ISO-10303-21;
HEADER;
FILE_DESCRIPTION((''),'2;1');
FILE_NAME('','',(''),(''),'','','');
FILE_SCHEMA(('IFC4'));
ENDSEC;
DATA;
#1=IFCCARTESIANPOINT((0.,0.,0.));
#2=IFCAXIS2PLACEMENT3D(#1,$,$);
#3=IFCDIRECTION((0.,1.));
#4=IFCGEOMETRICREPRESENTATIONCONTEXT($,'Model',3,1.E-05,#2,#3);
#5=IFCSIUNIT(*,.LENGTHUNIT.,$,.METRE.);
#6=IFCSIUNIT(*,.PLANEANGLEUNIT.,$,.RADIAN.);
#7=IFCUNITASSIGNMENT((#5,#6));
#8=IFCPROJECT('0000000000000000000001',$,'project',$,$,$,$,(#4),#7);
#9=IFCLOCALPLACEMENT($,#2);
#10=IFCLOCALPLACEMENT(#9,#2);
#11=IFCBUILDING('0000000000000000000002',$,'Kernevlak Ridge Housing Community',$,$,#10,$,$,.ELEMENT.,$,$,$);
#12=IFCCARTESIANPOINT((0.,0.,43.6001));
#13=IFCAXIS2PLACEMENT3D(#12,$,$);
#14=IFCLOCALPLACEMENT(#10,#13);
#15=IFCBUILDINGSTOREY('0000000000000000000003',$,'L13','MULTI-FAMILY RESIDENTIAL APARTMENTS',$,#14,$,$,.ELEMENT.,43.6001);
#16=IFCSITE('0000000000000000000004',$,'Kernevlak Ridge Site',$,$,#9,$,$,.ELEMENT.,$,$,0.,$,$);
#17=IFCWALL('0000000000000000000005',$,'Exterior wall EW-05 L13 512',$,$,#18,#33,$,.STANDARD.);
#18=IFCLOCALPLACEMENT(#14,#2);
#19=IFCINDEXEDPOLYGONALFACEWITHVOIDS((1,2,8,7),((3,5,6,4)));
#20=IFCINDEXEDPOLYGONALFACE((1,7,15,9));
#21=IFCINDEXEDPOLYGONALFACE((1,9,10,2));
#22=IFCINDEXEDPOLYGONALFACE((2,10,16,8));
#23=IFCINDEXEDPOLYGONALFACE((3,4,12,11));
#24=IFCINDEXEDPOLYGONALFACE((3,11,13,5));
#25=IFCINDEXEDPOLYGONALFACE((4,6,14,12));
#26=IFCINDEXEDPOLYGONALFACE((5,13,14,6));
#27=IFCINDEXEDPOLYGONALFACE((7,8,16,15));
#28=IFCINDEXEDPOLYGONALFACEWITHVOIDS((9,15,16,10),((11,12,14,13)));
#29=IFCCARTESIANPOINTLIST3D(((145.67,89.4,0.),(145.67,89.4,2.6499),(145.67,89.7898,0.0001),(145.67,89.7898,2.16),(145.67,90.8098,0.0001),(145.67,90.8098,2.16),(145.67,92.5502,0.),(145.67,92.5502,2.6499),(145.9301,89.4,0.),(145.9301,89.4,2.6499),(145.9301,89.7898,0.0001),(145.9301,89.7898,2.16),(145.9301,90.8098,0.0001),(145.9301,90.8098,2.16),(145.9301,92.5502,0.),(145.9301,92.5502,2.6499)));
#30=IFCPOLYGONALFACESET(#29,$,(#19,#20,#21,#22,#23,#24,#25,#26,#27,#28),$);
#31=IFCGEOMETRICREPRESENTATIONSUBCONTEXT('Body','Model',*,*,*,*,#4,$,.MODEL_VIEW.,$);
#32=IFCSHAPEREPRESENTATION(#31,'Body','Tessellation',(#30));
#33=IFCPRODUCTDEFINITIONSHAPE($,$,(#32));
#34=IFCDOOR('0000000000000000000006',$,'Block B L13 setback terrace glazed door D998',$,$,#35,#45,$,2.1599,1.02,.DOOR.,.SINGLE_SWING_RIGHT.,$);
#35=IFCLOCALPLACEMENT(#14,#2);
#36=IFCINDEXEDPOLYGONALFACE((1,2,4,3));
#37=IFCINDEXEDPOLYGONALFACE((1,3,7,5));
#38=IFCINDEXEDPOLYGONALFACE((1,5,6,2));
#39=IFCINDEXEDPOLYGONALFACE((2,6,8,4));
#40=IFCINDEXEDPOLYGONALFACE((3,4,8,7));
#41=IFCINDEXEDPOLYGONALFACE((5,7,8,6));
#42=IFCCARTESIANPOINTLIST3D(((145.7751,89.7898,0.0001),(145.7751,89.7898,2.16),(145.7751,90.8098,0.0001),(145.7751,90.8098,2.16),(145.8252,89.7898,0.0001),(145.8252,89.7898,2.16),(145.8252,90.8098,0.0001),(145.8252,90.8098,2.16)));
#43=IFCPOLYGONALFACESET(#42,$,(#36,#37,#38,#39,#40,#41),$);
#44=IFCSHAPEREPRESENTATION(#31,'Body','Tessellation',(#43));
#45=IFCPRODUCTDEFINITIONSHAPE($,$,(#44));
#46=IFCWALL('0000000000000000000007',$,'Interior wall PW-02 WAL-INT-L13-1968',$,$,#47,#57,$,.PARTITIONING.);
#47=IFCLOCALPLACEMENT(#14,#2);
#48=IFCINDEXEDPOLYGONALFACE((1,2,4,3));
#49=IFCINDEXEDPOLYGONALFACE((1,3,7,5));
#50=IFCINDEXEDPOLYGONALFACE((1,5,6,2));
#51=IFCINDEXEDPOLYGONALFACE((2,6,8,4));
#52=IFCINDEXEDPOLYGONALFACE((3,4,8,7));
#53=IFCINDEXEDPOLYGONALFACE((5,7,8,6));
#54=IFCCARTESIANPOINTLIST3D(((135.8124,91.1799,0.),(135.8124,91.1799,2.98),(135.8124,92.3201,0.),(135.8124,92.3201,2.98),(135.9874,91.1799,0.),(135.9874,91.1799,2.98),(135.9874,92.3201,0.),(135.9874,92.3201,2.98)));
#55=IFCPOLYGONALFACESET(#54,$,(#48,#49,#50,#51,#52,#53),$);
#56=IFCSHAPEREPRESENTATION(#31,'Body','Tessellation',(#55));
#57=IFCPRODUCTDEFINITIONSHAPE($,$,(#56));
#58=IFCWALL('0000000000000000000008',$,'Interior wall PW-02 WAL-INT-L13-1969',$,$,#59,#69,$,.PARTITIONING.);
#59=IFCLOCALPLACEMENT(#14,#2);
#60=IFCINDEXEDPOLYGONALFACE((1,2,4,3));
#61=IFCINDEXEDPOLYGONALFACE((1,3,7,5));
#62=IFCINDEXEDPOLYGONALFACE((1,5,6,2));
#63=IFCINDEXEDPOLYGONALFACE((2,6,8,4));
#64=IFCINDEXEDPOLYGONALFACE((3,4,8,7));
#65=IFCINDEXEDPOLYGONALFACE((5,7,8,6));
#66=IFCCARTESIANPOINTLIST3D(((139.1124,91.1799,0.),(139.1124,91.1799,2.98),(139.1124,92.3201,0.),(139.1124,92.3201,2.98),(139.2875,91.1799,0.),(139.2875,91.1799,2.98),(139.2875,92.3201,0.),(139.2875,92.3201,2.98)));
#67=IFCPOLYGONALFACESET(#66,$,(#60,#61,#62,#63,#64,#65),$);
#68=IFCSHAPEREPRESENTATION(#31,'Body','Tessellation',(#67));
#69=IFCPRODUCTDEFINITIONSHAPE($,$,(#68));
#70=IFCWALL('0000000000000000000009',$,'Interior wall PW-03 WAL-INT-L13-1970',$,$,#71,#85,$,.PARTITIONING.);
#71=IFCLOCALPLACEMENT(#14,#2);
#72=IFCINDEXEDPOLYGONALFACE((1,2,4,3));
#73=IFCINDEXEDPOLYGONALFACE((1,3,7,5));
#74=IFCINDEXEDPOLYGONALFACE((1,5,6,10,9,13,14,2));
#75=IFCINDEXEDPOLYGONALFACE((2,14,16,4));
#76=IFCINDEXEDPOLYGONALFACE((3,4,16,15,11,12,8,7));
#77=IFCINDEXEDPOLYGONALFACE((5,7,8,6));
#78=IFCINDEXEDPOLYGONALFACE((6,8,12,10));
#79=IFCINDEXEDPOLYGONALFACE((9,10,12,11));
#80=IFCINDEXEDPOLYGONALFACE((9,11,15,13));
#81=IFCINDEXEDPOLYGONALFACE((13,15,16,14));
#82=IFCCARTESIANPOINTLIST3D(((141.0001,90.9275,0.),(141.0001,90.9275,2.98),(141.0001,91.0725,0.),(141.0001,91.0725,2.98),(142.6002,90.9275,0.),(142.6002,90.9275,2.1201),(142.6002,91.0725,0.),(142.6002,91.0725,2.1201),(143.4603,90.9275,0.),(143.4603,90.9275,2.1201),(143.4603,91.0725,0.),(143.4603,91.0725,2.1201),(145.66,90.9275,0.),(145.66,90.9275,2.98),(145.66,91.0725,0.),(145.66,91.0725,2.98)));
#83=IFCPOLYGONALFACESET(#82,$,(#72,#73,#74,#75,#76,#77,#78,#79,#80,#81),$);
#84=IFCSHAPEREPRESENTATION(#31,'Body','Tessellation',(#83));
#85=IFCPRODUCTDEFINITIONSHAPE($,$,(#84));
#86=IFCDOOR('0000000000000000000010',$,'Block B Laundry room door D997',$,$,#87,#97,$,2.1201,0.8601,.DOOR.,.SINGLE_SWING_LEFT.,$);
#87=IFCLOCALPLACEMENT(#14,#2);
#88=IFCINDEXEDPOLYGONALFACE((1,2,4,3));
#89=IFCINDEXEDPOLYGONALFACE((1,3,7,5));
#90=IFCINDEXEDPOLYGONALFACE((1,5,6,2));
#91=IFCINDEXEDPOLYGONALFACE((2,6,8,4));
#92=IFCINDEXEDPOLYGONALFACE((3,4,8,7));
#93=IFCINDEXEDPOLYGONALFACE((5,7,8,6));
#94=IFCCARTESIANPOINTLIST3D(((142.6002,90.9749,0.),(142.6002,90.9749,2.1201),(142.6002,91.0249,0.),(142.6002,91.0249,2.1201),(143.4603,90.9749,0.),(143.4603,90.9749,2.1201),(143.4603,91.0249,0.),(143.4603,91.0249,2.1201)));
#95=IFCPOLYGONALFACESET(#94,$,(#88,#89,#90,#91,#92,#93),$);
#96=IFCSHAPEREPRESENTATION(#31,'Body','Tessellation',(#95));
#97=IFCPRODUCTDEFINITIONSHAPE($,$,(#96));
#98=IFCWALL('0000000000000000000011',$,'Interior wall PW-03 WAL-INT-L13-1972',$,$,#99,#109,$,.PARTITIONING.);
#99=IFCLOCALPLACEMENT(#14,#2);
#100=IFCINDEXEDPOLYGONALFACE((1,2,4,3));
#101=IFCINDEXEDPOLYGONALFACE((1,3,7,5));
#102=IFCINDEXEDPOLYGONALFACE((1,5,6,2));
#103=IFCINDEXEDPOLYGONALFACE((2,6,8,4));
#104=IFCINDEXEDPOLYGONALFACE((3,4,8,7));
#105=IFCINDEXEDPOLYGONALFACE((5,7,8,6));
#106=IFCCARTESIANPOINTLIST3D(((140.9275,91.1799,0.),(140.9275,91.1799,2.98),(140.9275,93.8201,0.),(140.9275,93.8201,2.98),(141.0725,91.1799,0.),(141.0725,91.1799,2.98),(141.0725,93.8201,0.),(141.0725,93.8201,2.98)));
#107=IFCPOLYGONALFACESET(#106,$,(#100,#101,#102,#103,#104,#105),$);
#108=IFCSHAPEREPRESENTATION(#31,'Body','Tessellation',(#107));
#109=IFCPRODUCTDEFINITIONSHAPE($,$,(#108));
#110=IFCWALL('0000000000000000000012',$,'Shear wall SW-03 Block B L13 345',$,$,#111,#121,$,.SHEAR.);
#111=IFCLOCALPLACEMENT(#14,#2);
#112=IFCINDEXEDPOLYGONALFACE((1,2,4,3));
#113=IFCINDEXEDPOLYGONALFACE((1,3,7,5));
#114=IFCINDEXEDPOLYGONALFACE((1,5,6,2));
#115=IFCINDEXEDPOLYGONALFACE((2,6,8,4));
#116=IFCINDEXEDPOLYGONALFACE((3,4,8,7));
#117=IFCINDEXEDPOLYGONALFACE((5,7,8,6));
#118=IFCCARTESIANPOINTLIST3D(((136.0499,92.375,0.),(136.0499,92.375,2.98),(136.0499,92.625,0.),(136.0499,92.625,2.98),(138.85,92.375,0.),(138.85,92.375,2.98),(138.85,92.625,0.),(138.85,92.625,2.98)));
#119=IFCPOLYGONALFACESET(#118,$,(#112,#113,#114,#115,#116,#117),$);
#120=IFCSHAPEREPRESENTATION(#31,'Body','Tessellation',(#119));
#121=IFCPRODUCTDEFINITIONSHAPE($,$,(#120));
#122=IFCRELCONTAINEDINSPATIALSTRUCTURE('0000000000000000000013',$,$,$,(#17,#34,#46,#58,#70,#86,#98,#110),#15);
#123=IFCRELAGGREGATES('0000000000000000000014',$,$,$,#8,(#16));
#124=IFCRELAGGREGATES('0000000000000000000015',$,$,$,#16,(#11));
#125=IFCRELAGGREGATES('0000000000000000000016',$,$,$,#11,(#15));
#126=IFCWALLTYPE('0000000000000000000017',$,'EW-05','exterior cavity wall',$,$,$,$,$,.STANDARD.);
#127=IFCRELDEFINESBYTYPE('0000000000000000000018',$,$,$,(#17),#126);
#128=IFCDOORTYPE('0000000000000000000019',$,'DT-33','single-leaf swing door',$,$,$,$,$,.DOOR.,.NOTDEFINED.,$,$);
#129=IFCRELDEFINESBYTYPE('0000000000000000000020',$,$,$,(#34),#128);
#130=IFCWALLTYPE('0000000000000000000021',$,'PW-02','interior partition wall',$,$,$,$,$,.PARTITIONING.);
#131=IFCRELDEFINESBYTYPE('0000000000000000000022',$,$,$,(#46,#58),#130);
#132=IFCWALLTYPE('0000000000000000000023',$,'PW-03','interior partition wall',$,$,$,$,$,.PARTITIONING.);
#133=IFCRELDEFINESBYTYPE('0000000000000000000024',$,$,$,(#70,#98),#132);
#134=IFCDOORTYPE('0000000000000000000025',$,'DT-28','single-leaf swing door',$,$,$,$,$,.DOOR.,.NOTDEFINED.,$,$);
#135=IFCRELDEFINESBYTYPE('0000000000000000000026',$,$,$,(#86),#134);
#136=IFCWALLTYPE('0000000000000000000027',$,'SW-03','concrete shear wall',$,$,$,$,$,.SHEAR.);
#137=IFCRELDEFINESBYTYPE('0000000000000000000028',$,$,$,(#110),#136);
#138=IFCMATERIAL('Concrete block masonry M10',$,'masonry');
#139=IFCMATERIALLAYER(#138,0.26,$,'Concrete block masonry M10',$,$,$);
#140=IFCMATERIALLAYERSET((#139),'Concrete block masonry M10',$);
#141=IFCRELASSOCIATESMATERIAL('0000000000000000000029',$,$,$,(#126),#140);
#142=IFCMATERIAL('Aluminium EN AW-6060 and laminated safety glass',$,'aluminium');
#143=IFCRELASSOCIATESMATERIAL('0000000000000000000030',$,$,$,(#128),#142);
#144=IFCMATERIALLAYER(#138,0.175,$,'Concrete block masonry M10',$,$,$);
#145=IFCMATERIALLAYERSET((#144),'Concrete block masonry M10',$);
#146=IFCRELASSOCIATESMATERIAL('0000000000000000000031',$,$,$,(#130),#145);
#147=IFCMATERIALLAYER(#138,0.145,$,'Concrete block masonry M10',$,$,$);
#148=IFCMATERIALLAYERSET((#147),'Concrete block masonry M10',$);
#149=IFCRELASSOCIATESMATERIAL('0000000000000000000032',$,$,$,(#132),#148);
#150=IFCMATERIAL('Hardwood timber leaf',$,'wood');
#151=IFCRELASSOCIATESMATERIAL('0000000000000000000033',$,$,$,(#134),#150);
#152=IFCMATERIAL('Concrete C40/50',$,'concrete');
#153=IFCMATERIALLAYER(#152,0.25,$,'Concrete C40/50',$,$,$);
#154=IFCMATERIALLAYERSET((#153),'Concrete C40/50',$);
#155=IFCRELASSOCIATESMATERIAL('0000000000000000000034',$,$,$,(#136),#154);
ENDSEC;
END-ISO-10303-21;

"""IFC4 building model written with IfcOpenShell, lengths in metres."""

from ifc_helpers import new_model, si_unit, direction, frame, frame_2d, origin, place, context, subcontext, project, spatial, rectangle, extrude, material, layer, layer_set, type_object, element, fill, save


model = new_model("IFC4")

# Units and contexts
model_context = context("Model", 3, precision=1e-05, world=origin(), true_north=direction((0.0, 1.0)))
body_context = subcontext(model_context, "Body", "Model", "MODEL_VIEW")
ifc_project = project(units=[si_unit("LENGTHUNIT", "METRE"), si_unit("PLANEANGLEUNIT", "RADIAN")], contexts=[model_context])

# Site, building, storey
site_placement = place(None, origin())
site = spatial("IfcSite", under=ifc_project, at=site_placement, Name="Kernevlak Ridge Site", CompositionType="ELEMENT", RefElevation=0.0)
building_placement = place(site_placement, origin())
building = spatial("IfcBuilding", under=site, at=building_placement, Name="Kernevlak Ridge Housing Community", CompositionType="ELEMENT")
storey_placement = place(building_placement, frame((0.0, 0.0, 43.6001)))
storey = spatial("IfcBuildingStorey", under=building, at=storey_placement, Name="L13", Description="MULTI-FAMILY RESIDENTIAL APARTMENTS", CompositionType="ELEMENT", Elevation=43.6001)

# Wall, opening, door
ifc_material_1 = material(Name="Concrete block masonry M10", Category="masonry")
ifc_layer_1 = layer(ifc_material_1, 0.26, Name="Concrete block masonry M10")
ifc_layer_set_1 = layer_set([ifc_layer_1], Name="Concrete block masonry M10")
wall_type_1 = type_object("IfcWallType", Name="EW-05", Description="exterior cavity wall", PredefinedType="STANDARD", material=ifc_layer_set_1)
wall_1_placement = place(storey_placement, frame((145.8, 89.3999, 0.0), z_axis=(0.0, 0.0, 1.0), x_axis=(0.0, 1.0, 0.0)))
wall_1 = element("IfcWall", 1, at=wall_1_placement, inside=storey, type_object=wall_type_1, Name="Exterior wall EW-05 L13 512", PredefinedType="STANDARD", context=body_context, shape_type="SweptSolid", body=[
    extrude(rectangle(XDim=3.1501, YDim=0.26, at=frame_2d((1.5752, 0.0))), origin(), (0.0, 0.0, 1.0), 2.6499),
])
opening_1_placement = place(wall_1_placement, frame((0.3899, 0.0, 0.0)))
opening_1 = element("IfcOpeningElement", 2, at=opening_1_placement, cuts=wall_1, PredefinedType="OPENING", context=body_context, shape_type="SweptSolid", body=[
    extrude(rectangle(XDim=1.02, YDim=2.1599, at=frame_2d((0.51, 1.0801))), frame((0.0, 0.1399, 0.0), z_axis=(0.0, -1.0, 0.0), x_axis=(1.0, 0.0, 0.0)), (0.0, 0.0, 1.0), 0.28),
])
ifc_material_2 = material(Name="Aluminium EN AW-6060 and laminated safety glass", Category="aluminium")
door_type_1 = type_object("IfcDoorType", Name="DT-33", Description="single-leaf swing door", OperationType="NOTDEFINED", PredefinedType="DOOR", material=ifc_material_2)
door_1_placement = place(opening_1_placement, origin())
door_1 = element("IfcDoor", 3, at=door_1_placement, inside=storey, type_object=door_type_1, Name="Block B L13 setback terrace glazed door D998", OperationType="SINGLE_SWING_RIGHT", OverallHeight=2.1599, OverallWidth=1.02, PredefinedType="DOOR", context=body_context, shape_type="SweptSolid", body=[
    extrude(rectangle(XDim=1.02, YDim=2.1599, at=frame_2d((0.51, 1.0801))), frame((0.0, 0.0249, 0.0), z_axis=(0.0, -1.0, 0.0), x_axis=(1.0, 0.0, 0.0)), (0.0, 0.0, 1.0), 0.05),
])
fill(opening_1, door_1)

# Walls
ifc_layer_2 = layer(ifc_material_1, 0.175, Name="Concrete block masonry M10")
ifc_layer_set_2 = layer_set([ifc_layer_2], Name="Concrete block masonry M10")
wall_type_2 = type_object("IfcWallType", Name="PW-02", Description="interior partition wall", PredefinedType="PARTITIONING", material=ifc_layer_set_2)
for number, where, z_axis, x_axis, name in (
    (4, (135.8999, 91.1799, 0.0), (0.0, 0.0, 1.0), (0.0, 1.0, 0.0), "Interior wall PW-02 WAL-INT-L13-1968"),
    (5, (139.2, 91.1799, 0.0), (0.0, 0.0, 1.0), (0.0, 1.0, 0.0), "Interior wall PW-02 WAL-INT-L13-1969"),
):
    element("IfcWall", number, at=place(storey_placement, frame(where, z_axis=z_axis, x_axis=x_axis)), inside=storey, type_object=wall_type_2, Name=name, PredefinedType="PARTITIONING", context=body_context, shape_type="SweptSolid", body=[
        extrude(rectangle(XDim=1.1401, YDim=0.175, at=frame_2d((0.5701, 0.0))), origin(), (0.0, 0.0, 1.0), 2.98),
    ])

# Wall, opening, door
ifc_layer_3 = layer(ifc_material_1, 0.145, Name="Concrete block masonry M10")
ifc_layer_set_3 = layer_set([ifc_layer_3], Name="Concrete block masonry M10")
wall_type_3 = type_object("IfcWallType", Name="PW-03", Description="interior partition wall", PredefinedType="PARTITIONING", material=ifc_layer_set_3)
wall_2_placement = place(storey_placement, frame((141.0, 91.0, 0.0), z_axis=(0.0, 0.0, 1.0), x_axis=(1.0, 0.0, 0.0)))
wall_2 = element("IfcWall", 6, at=wall_2_placement, inside=storey, type_object=wall_type_3, Name="Interior wall PW-03 WAL-INT-L13-1970", PredefinedType="PARTITIONING", context=body_context, shape_type="SweptSolid", body=[
    extrude(rectangle(XDim=4.6599, YDim=0.145, at=frame_2d((2.3301, 0.0))), origin(), (0.0, 0.0, 1.0), 2.98),
])
opening_2_placement = place(wall_2_placement, frame((1.6001, 0.0, 0.0)))
opening_2 = element("IfcOpeningElement", 7, at=opening_2_placement, cuts=wall_2, PredefinedType="OPENING", context=body_context, shape_type="SweptSolid", body=[
    extrude(rectangle(XDim=0.8601, YDim=2.1201, at=frame_2d((0.4302, 1.0601))), frame((0.0, 0.0825, 0.0), z_axis=(0.0, -1.0, 0.0), x_axis=(1.0, 0.0, 0.0)), (0.0, 0.0, 1.0), 0.165),
])
ifc_material_3 = material(Name="Hardwood timber leaf", Category="wood")
door_type_2 = type_object("IfcDoorType", Name="DT-28", Description="single-leaf swing door", OperationType="NOTDEFINED", PredefinedType="DOOR", material=ifc_material_3)
door_2_placement = place(opening_2_placement, origin())
door_2 = element("IfcDoor", 8, at=door_2_placement, inside=storey, type_object=door_type_2, Name="Block B Laundry room door D997", OperationType="SINGLE_SWING_LEFT", OverallHeight=2.1201, OverallWidth=0.8601, PredefinedType="DOOR", context=body_context, shape_type="SweptSolid", body=[
    extrude(rectangle(XDim=0.8601, YDim=2.1201, at=frame_2d((0.4302, 1.0601))), frame((0.0, 0.0249, 0.0), z_axis=(0.0, -1.0, 0.0), x_axis=(1.0, 0.0, 0.0)), (0.0, 0.0, 1.0), 0.05),
])
fill(opening_2, door_2)

# Wall
wall_3_placement = place(storey_placement, frame((141.0, 91.1799, 0.0), z_axis=(0.0, 0.0, 1.0), x_axis=(0.0, 1.0, 0.0)))
element("IfcWall", 9, at=wall_3_placement, inside=storey, type_object=wall_type_3, Name="Interior wall PW-03 WAL-INT-L13-1972", PredefinedType="PARTITIONING", context=body_context, shape_type="SweptSolid", body=[
    extrude(rectangle(XDim=2.6401, YDim=0.145, at=frame_2d((1.3201, 0.0))), origin(), (0.0, 0.0, 1.0), 2.98),
])

# Wall
ifc_material_4 = material(Name="Concrete C40/50", Category="concrete")
ifc_layer_4 = layer(ifc_material_4, 0.25, Name="Concrete C40/50")
ifc_layer_set_4 = layer_set([ifc_layer_4], Name="Concrete C40/50")
wall_type_4 = type_object("IfcWallType", Name="SW-03", Description="concrete shear wall", PredefinedType="SHEAR", material=ifc_layer_set_4)
wall_4_placement = place(storey_placement, frame((136.05, 92.5, 0.0), z_axis=(0.0, 0.0, 1.0), x_axis=(1.0, 0.0, 0.0)))
element("IfcWall", 10, at=wall_4_placement, inside=storey, type_object=wall_type_4, Name="Shear wall SW-03 Block B L13 345", PredefinedType="SHEAR", context=body_context, shape_type="SweptSolid", body=[
    extrude(rectangle(XDim=2.8, YDim=0.25, at=frame_2d((1.3999, 0.0))), origin(), (0.0, 0.0, 1.0), 2.98),
])

save(model, "model.ifc")
